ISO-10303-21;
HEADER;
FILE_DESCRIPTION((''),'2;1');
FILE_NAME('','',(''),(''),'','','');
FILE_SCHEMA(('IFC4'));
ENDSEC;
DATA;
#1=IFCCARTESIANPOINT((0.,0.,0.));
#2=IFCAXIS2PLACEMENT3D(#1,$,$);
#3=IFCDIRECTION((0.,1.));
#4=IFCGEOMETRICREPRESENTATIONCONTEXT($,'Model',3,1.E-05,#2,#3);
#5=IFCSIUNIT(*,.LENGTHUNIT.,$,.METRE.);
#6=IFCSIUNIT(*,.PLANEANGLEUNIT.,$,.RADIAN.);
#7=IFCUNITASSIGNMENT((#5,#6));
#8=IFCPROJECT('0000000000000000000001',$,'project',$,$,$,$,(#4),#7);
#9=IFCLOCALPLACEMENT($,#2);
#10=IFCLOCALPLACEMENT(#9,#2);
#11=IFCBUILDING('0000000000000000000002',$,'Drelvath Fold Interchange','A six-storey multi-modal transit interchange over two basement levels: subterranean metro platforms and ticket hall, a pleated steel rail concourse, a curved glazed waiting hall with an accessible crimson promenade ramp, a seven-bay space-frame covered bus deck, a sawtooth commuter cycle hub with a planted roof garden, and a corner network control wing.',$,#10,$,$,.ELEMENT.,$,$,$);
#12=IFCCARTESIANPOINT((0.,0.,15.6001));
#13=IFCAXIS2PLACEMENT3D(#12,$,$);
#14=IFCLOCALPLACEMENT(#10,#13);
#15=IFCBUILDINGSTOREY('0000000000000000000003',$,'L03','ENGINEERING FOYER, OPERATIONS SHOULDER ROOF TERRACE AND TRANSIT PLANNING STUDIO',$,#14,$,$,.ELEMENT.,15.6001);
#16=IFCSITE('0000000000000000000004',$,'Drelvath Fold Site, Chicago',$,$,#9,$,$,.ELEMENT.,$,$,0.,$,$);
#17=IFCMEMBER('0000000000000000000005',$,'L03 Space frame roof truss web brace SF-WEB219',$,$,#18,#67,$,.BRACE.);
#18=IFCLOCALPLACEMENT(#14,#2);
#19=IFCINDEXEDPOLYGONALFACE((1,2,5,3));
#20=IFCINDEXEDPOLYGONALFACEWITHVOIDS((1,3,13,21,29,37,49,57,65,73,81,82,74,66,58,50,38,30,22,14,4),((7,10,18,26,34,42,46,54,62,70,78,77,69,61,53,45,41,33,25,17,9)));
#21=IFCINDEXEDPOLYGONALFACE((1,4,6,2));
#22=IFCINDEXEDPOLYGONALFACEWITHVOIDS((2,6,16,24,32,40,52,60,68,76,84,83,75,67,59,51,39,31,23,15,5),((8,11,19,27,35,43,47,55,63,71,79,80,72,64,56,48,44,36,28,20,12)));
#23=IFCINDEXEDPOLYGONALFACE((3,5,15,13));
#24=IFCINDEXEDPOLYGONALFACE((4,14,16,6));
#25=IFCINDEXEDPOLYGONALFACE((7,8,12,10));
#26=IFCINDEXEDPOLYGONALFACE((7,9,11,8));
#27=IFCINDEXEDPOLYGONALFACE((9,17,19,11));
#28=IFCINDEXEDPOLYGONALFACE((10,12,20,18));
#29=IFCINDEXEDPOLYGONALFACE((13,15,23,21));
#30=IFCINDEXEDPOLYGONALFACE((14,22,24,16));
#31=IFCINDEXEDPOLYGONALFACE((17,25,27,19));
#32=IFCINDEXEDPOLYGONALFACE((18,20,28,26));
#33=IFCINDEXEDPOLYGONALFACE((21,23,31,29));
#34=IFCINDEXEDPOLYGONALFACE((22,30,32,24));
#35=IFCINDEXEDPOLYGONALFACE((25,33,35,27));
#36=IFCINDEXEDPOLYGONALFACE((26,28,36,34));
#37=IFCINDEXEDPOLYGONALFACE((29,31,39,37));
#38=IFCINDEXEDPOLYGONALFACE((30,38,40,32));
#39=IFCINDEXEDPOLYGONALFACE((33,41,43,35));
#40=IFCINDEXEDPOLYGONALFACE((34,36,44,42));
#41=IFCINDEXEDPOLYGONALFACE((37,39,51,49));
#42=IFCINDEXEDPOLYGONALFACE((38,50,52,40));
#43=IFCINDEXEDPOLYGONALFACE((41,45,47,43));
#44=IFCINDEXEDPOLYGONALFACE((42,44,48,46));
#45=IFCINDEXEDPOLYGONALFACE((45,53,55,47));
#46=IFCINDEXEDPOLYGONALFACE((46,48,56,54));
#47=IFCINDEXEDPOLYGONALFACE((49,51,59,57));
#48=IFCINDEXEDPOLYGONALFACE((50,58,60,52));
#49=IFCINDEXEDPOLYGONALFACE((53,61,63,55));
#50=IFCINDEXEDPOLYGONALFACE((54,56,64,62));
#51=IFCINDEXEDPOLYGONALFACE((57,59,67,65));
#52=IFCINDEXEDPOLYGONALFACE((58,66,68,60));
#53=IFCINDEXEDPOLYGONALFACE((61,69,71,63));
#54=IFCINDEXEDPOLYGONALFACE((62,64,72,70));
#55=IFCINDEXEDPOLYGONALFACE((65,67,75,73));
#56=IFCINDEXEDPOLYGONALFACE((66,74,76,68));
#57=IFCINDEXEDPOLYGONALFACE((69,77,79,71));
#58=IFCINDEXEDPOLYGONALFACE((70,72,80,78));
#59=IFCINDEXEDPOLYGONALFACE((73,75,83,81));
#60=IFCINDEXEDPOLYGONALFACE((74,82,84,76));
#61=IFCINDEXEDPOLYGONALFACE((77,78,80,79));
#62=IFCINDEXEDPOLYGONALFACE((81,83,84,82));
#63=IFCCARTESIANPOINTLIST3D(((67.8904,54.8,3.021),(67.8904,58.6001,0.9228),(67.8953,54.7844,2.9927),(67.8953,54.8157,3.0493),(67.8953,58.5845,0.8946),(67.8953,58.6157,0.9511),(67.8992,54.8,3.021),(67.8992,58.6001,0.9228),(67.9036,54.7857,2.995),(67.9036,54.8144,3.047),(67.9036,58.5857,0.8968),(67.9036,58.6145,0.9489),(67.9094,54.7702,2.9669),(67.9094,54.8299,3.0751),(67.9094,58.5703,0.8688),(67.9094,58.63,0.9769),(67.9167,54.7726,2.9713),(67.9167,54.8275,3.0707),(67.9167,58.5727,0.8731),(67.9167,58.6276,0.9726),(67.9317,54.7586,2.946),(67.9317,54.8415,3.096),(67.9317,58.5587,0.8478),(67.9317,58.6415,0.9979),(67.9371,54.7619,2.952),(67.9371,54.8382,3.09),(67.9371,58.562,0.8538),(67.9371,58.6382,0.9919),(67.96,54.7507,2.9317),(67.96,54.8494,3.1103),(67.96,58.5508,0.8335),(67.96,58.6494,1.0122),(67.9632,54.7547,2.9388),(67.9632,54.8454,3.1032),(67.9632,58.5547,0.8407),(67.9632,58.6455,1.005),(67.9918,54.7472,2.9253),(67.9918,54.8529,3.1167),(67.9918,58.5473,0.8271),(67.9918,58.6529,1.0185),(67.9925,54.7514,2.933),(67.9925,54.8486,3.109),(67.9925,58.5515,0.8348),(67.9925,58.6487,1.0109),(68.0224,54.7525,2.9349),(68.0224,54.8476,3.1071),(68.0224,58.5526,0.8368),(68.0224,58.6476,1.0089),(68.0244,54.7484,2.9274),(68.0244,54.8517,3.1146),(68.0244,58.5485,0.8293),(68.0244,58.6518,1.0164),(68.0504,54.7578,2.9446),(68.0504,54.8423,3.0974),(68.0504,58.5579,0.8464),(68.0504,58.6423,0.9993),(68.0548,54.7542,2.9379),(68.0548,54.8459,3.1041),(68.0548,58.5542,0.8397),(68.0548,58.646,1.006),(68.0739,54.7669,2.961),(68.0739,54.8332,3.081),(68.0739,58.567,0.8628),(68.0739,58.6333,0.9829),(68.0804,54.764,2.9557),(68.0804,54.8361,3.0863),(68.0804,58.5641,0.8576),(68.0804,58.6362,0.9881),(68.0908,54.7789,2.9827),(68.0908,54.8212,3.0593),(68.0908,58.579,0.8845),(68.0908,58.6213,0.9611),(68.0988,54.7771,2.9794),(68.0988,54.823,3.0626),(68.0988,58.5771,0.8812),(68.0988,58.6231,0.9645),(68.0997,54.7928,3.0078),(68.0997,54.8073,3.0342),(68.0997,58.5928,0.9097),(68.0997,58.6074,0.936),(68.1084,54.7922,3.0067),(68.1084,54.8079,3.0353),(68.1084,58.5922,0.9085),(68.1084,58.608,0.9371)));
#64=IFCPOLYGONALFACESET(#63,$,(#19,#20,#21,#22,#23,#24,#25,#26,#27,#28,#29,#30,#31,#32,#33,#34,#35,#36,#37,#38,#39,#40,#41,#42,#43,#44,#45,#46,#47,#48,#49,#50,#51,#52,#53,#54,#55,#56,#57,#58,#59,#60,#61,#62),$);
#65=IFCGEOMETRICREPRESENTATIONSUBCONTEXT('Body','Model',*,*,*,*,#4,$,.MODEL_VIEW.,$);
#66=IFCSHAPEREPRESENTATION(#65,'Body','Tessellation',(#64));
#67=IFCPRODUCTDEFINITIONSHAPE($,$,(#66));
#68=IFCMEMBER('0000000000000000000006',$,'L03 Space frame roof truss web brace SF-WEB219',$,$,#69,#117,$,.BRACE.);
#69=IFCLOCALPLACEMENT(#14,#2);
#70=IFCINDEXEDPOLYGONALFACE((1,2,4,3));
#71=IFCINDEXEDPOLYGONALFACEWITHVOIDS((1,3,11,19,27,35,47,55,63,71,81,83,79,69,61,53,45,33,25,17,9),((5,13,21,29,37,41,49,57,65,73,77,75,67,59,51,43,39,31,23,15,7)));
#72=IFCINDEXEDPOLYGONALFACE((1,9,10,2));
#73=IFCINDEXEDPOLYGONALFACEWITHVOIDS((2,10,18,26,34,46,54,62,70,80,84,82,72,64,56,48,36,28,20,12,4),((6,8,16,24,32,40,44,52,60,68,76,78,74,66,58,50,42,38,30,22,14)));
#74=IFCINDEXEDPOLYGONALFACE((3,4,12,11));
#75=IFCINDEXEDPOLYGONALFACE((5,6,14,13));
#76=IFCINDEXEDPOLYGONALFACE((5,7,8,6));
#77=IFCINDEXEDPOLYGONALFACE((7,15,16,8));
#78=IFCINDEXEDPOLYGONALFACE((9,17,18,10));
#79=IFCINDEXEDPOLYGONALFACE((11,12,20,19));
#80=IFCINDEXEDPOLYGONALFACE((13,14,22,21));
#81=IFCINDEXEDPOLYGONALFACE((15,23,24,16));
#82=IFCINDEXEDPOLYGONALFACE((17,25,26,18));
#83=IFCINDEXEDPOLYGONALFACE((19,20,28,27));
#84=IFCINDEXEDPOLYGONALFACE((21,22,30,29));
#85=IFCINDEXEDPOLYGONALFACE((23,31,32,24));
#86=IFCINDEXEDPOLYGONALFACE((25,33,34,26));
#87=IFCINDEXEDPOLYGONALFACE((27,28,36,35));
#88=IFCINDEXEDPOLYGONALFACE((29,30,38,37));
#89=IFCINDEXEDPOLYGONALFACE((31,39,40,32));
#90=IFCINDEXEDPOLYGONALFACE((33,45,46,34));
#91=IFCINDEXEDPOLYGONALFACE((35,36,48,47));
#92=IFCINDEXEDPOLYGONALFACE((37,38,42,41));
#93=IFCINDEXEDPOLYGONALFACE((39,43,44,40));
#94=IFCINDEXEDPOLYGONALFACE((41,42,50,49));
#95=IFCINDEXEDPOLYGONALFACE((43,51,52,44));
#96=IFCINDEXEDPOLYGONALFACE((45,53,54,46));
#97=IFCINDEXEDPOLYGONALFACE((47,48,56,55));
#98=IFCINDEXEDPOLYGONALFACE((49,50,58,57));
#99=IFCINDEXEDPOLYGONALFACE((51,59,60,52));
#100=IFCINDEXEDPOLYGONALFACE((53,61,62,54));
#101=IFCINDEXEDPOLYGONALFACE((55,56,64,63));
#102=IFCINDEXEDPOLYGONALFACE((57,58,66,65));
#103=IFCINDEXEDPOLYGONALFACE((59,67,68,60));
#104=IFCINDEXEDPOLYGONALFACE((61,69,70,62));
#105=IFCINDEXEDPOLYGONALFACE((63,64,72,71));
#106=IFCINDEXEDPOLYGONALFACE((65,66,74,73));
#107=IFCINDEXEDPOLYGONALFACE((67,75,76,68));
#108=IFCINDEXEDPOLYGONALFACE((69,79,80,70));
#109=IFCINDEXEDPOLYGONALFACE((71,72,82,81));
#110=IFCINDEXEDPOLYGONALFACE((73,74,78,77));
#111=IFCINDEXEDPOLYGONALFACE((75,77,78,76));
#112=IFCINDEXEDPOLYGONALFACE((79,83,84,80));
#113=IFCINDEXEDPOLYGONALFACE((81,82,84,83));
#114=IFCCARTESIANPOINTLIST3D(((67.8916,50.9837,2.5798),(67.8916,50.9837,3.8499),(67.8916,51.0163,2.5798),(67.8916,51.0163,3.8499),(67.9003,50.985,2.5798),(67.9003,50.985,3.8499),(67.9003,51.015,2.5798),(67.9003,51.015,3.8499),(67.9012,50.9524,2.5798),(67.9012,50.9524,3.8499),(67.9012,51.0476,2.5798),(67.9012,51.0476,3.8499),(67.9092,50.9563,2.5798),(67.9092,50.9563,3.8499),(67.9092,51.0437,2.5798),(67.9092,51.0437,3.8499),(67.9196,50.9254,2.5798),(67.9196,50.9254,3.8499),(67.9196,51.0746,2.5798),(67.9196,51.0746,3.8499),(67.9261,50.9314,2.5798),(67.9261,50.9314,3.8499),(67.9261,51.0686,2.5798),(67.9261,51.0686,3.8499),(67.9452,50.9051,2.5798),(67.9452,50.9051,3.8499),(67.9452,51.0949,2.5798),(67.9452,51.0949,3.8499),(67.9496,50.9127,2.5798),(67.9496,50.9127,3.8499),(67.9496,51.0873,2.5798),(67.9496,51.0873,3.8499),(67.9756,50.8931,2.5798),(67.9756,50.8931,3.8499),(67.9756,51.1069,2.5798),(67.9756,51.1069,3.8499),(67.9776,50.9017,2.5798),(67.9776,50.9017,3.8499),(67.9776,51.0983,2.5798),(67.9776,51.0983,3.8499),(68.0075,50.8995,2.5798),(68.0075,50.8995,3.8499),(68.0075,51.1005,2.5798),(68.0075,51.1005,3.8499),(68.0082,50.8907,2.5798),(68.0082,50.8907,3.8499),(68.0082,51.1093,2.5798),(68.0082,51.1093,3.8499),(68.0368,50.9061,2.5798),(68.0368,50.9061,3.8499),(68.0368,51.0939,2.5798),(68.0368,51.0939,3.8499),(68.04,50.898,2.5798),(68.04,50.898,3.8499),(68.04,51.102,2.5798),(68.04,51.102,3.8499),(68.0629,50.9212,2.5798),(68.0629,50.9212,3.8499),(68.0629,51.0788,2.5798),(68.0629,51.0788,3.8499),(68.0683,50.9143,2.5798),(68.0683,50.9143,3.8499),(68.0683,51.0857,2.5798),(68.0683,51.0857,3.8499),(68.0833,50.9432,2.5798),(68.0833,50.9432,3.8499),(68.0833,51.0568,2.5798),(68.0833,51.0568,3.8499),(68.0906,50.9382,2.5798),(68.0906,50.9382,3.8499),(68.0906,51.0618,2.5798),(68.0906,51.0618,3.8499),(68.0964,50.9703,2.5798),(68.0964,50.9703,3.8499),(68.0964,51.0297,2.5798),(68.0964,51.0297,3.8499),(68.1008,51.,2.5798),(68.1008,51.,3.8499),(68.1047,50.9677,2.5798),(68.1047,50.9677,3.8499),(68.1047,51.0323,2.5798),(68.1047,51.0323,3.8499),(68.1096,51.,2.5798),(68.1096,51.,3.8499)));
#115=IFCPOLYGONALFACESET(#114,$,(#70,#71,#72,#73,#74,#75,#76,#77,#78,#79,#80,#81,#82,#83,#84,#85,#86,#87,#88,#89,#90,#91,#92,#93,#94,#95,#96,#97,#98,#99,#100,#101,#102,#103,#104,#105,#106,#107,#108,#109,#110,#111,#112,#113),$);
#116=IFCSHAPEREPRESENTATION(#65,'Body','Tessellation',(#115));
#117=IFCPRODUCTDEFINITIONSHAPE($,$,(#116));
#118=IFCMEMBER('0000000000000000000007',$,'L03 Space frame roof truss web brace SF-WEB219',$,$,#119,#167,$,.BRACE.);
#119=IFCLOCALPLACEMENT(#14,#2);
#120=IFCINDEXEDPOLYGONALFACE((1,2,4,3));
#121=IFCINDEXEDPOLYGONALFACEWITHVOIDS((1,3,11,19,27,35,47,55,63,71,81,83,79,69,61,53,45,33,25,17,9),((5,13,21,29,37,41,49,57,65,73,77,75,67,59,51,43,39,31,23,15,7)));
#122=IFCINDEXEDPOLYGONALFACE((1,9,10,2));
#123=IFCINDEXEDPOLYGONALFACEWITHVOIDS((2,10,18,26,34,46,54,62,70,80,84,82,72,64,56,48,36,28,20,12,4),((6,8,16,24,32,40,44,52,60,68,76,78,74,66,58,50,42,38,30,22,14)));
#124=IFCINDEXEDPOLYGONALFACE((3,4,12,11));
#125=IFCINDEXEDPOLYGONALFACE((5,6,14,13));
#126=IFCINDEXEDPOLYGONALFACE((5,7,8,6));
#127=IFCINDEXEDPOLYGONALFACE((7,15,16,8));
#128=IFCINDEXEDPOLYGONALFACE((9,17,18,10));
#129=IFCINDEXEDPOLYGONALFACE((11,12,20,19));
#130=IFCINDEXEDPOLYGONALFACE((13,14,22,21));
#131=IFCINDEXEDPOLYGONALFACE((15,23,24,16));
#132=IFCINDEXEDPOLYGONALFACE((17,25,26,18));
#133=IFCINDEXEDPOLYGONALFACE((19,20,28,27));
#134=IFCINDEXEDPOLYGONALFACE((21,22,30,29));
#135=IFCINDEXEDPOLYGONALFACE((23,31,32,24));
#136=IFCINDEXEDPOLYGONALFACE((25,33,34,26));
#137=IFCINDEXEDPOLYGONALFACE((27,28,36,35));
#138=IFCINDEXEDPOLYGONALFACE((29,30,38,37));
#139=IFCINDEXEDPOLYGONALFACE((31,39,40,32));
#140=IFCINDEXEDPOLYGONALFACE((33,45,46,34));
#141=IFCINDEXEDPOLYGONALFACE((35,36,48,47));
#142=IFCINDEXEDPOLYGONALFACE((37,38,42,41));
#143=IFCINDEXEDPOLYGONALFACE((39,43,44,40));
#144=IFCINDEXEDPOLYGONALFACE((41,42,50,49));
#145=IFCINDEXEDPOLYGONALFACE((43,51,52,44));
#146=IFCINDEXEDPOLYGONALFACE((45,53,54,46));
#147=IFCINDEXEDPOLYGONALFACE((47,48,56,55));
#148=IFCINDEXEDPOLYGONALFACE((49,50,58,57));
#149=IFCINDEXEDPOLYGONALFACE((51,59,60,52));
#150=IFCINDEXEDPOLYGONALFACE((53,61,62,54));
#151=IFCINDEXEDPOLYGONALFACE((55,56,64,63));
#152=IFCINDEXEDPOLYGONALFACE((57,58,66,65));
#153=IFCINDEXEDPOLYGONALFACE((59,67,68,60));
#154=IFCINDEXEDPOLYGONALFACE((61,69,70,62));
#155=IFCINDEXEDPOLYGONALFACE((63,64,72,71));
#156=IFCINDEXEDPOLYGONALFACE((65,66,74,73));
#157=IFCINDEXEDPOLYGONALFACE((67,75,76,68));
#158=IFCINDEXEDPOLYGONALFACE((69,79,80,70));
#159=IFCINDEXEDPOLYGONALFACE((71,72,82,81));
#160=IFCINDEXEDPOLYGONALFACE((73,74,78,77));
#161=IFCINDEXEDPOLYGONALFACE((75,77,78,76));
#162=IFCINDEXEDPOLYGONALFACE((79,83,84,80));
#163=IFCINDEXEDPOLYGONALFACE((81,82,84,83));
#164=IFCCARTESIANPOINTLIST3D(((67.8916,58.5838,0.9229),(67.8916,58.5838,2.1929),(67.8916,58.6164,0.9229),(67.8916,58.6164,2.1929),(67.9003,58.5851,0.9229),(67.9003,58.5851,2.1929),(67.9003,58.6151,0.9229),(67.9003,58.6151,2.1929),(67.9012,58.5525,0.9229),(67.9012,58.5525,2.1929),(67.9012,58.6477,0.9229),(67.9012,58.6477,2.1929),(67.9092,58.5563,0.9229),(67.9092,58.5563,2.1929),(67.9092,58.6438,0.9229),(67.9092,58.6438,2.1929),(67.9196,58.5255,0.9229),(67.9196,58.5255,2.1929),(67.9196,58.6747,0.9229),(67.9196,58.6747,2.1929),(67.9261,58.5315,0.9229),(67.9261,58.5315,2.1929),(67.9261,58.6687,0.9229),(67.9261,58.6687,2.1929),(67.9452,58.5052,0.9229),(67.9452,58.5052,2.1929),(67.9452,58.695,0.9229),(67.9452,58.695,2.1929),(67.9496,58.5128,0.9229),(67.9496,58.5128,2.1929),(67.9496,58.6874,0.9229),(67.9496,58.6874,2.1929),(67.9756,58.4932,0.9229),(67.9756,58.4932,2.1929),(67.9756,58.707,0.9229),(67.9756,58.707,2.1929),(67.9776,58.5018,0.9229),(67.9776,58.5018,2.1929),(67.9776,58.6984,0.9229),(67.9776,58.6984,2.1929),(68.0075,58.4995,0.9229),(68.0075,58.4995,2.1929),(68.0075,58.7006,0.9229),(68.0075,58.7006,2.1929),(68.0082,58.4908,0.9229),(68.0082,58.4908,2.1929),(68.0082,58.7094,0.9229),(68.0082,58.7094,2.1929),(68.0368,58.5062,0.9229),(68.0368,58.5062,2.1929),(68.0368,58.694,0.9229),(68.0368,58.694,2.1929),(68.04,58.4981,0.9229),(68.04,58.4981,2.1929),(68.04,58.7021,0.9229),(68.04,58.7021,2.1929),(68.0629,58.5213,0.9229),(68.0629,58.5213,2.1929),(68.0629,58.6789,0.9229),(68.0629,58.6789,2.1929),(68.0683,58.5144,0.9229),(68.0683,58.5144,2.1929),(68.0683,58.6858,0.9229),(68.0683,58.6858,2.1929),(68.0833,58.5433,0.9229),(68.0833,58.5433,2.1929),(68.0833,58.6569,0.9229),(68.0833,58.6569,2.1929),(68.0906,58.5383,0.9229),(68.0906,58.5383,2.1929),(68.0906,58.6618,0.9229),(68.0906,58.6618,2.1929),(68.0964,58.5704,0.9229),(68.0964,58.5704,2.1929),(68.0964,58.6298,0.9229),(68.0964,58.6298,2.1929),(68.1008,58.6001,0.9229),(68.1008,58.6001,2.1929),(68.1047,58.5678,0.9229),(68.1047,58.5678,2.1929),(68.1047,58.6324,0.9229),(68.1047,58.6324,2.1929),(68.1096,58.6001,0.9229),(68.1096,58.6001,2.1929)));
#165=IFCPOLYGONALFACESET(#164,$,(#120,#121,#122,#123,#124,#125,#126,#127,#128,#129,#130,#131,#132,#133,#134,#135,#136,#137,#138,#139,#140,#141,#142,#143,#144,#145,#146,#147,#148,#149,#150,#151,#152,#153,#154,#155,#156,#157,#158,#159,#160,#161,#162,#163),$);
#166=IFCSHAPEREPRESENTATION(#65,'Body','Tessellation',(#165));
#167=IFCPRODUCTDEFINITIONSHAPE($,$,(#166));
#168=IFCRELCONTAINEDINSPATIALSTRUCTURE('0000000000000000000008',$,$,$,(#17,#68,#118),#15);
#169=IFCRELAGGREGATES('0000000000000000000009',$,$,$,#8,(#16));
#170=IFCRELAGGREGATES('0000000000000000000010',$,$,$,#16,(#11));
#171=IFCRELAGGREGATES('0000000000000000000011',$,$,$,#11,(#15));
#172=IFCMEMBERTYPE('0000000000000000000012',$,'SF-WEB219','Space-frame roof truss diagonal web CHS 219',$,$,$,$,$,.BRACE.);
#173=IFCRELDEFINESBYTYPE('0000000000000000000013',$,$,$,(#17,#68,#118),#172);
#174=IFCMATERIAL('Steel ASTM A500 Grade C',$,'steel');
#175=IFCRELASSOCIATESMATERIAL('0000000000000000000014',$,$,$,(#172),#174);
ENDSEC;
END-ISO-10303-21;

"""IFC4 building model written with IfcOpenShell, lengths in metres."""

from ifc_helpers import new_model, si_unit, direction, frame, origin, origin_2d, place, context, subcontext, project, spatial, hollow_circle, extrude, material, material_profile, profile_set, type_object, element, save


model = new_model("IFC4")

# Units and contexts
model_context = context("Model", 3, precision=1e-05, world=origin(), true_north=direction((0.0, 1.0)))
body_context = subcontext(model_context, "Body", "Model", "MODEL_VIEW")
ifc_project = project(units=[si_unit("LENGTHUNIT", "METRE"), si_unit("PLANEANGLEUNIT", "RADIAN")], contexts=[model_context])

# Site, building, storey
site_placement = place(None, origin())
site = spatial("IfcSite", under=ifc_project, at=site_placement, Name="Drelvath Fold Site, Chicago", CompositionType="ELEMENT", RefElevation=0.0)
building_placement = place(site_placement, origin())
building = spatial("IfcBuilding", under=site, at=building_placement, Name="Drelvath Fold Interchange", Description="A six-storey multi-modal transit interchange over two basement levels: subterranean metro platforms and ticket hall, a pleated steel rail concourse, a curved glazed waiting hall with an accessible crimson promenade ramp, a seven-bay space-frame covered bus deck, a sawtooth commuter cycle hub with a planted roof garden, and a corner network control wing.", CompositionType="ELEMENT")
storey_placement = place(building_placement, frame((0.0, 0.0, 15.6001)))
storey = spatial("IfcBuildingStorey", under=building, at=storey_placement, Name="L03", Description="ENGINEERING FOYER, OPERATIONS SHOULDER ROOF TERRACE AND TRANSIT PLANNING STUDIO", CompositionType="ELEMENT", Elevation=15.6001)

# Shared definitions
ifc_material_1 = material(Name="Steel ASTM A500 Grade C", Category="steel")

# Members
ifc_material_profile_1 = material_profile(ifc_material_1, hollow_circle(Radius=0.1096, WallThickness=0.0088, at=origin_2d()), Name="HSS8.625X0.375")
ifc_profile_set_1 = profile_set([ifc_material_profile_1], Name="Steel ASTM A500 Grade C")
member_type_1 = type_object("IfcMemberType", Name="SF-WEB219", Description="Space-frame roof truss diagonal web CHS 219", PredefinedType="BRACE", material=ifc_profile_set_1)
member_1_placement = place(storey_placement, frame((68.0, 54.8, 3.021), z_axis=(0.0, 0.875425, -0.483354), x_axis=(-1.0, 0.0, 0.0)))
element("IfcMember", 1, at=member_1_placement, inside=storey, type_object=member_type_1, Name="L03 Space frame roof truss web brace SF-WEB219", PredefinedType="BRACE", context=body_context, shape_type="SweptSolid", body=[
    extrude(hollow_circle(Radius=0.1096, WallThickness=0.0088, at=origin_2d()), origin(), (0.0, 0.0, 1.0), 4.3408),
])
for number, where, z_axis, x_axis, name in (
    (2, (68.0, 51.0, 2.5798), (0.0, 0.0, 1.0), (1.0, 0.0, 0.0), "L03 Space frame roof truss web brace SF-WEB219"),
    (3, (68.0, 58.6001, 0.9229), (0.0, 0.0, 1.0), (1.0, 0.0, 0.0), "L03 Space frame roof truss web brace SF-WEB219"),
):
    element("IfcMember", number, at=place(storey_placement, frame(where, z_axis=z_axis, x_axis=x_axis)), inside=storey, type_object=member_type_1, Name=name, PredefinedType="BRACE", context=body_context, shape_type="SweptSolid", body=[
        extrude(hollow_circle(Radius=0.1096, WallThickness=0.0088, at=origin_2d()), origin(), (0.0, 0.0, 1.0), 1.27),
    ])

save(model, "model.ifc")
